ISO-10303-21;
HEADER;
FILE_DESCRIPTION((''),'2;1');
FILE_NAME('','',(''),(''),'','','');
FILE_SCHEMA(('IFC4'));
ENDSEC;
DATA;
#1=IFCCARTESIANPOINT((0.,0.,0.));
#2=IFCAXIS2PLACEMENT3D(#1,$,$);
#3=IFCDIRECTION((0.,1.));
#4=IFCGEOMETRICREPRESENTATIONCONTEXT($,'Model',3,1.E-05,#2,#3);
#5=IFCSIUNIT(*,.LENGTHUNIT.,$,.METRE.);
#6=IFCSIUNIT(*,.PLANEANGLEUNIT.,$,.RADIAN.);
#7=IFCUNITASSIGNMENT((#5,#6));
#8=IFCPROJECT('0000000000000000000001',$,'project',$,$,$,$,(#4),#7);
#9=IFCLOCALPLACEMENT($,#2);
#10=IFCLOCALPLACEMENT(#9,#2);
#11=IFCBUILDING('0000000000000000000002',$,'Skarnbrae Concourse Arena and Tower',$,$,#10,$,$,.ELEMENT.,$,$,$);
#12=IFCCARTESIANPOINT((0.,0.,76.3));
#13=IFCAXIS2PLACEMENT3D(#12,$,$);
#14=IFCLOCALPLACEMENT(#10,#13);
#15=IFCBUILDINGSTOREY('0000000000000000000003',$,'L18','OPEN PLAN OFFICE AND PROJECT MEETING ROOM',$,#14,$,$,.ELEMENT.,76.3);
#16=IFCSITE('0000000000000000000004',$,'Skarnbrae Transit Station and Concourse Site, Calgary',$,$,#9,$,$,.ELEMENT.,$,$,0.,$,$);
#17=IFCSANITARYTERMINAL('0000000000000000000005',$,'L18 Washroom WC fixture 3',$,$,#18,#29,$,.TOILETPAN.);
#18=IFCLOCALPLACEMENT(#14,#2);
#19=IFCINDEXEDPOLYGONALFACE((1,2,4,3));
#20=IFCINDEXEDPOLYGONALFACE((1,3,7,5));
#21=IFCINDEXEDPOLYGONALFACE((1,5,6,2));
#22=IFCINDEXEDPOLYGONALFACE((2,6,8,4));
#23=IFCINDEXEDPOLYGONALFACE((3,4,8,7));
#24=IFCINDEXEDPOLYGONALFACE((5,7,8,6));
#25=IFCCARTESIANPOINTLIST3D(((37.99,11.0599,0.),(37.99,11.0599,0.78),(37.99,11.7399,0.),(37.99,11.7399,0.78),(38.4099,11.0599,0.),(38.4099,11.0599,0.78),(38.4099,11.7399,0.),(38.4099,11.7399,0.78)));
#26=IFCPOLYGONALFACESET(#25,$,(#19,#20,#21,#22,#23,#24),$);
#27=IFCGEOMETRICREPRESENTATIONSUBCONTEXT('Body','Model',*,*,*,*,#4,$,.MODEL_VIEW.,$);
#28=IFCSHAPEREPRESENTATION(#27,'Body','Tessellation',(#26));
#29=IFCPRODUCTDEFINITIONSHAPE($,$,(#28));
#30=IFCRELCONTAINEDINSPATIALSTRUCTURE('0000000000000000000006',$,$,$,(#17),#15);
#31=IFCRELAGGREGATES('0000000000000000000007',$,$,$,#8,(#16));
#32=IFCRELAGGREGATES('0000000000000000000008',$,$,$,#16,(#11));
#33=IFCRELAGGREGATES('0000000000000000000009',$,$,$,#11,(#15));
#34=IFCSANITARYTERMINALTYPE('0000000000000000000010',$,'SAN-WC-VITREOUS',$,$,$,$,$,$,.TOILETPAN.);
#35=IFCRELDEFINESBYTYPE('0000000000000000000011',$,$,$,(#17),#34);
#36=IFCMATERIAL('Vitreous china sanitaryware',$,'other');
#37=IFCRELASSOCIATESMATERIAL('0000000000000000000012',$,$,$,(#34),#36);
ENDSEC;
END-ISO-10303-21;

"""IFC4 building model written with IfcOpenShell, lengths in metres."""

from ifc_helpers import new_model, si_unit, direction, frame, origin, origin_2d, place, context, subcontext, project, spatial, rectangle, extrude, source, transform, mapped, material, type_object, element, save


model = new_model("IFC4")

# Units and contexts
model_context = context("Model", 3, precision=1e-05, world=origin(), true_north=direction((0.0, 1.0)))
body_context = subcontext(model_context, "Body", "Model", "MODEL_VIEW")
ifc_project = project(units=[si_unit("LENGTHUNIT", "METRE"), si_unit("PLANEANGLEUNIT", "RADIAN")], contexts=[model_context])

# Site, building, storey
site_placement = place(None, origin())
site = spatial("IfcSite", under=ifc_project, at=site_placement, Name="Skarnbrae Transit Station and Concourse Site, Calgary", CompositionType="ELEMENT", RefElevation=0.0)
building_placement = place(site_placement, origin())
building = spatial("IfcBuilding", under=site, at=building_placement, Name="Skarnbrae Concourse Arena and Tower", CompositionType="ELEMENT")
storey_placement = place(building_placement, frame((0.0, 0.0, 76.3)))
storey = spatial("IfcBuildingStorey", under=building, at=storey_placement, Name="L18", Description="OPEN PLAN OFFICE AND PROJECT MEETING ROOM", CompositionType="ELEMENT", Elevation=76.3)

# Sanitary terminal
ifc_material_1 = material(Name="Vitreous china sanitaryware", Category="other")
sanitary_terminal_type = type_object("IfcSanitaryTerminalType", Name="SAN-WC-VITREOUS", PredefinedType="TOILETPAN", material=ifc_material_1)
shared_shape_1 = source(origin(), body_context, "Body", "SweptSolid", [
    extrude(rectangle(XDim=0.4199, YDim=0.6799, at=origin_2d()), origin(), (0.0, 0.0, 1.0), 0.78),
])
sanitary_terminal_placement = place(storey_placement, frame((38.2, 11.3999, 0.0), z_axis=(0.0, 0.0, 1.0), x_axis=(1.0, 0.0, 0.0)))
element("IfcSanitaryTerminal", 1, at=sanitary_terminal_placement, inside=storey, type_object=sanitary_terminal_type, Name="L18 Washroom WC fixture 3", PredefinedType="TOILETPAN", context=body_context, shape_type="MappedRepresentation", body=[
    mapped(shared_shape_1, transform((0.0, 0.0, 0.0))),
])

save(model, "model.ifc")
